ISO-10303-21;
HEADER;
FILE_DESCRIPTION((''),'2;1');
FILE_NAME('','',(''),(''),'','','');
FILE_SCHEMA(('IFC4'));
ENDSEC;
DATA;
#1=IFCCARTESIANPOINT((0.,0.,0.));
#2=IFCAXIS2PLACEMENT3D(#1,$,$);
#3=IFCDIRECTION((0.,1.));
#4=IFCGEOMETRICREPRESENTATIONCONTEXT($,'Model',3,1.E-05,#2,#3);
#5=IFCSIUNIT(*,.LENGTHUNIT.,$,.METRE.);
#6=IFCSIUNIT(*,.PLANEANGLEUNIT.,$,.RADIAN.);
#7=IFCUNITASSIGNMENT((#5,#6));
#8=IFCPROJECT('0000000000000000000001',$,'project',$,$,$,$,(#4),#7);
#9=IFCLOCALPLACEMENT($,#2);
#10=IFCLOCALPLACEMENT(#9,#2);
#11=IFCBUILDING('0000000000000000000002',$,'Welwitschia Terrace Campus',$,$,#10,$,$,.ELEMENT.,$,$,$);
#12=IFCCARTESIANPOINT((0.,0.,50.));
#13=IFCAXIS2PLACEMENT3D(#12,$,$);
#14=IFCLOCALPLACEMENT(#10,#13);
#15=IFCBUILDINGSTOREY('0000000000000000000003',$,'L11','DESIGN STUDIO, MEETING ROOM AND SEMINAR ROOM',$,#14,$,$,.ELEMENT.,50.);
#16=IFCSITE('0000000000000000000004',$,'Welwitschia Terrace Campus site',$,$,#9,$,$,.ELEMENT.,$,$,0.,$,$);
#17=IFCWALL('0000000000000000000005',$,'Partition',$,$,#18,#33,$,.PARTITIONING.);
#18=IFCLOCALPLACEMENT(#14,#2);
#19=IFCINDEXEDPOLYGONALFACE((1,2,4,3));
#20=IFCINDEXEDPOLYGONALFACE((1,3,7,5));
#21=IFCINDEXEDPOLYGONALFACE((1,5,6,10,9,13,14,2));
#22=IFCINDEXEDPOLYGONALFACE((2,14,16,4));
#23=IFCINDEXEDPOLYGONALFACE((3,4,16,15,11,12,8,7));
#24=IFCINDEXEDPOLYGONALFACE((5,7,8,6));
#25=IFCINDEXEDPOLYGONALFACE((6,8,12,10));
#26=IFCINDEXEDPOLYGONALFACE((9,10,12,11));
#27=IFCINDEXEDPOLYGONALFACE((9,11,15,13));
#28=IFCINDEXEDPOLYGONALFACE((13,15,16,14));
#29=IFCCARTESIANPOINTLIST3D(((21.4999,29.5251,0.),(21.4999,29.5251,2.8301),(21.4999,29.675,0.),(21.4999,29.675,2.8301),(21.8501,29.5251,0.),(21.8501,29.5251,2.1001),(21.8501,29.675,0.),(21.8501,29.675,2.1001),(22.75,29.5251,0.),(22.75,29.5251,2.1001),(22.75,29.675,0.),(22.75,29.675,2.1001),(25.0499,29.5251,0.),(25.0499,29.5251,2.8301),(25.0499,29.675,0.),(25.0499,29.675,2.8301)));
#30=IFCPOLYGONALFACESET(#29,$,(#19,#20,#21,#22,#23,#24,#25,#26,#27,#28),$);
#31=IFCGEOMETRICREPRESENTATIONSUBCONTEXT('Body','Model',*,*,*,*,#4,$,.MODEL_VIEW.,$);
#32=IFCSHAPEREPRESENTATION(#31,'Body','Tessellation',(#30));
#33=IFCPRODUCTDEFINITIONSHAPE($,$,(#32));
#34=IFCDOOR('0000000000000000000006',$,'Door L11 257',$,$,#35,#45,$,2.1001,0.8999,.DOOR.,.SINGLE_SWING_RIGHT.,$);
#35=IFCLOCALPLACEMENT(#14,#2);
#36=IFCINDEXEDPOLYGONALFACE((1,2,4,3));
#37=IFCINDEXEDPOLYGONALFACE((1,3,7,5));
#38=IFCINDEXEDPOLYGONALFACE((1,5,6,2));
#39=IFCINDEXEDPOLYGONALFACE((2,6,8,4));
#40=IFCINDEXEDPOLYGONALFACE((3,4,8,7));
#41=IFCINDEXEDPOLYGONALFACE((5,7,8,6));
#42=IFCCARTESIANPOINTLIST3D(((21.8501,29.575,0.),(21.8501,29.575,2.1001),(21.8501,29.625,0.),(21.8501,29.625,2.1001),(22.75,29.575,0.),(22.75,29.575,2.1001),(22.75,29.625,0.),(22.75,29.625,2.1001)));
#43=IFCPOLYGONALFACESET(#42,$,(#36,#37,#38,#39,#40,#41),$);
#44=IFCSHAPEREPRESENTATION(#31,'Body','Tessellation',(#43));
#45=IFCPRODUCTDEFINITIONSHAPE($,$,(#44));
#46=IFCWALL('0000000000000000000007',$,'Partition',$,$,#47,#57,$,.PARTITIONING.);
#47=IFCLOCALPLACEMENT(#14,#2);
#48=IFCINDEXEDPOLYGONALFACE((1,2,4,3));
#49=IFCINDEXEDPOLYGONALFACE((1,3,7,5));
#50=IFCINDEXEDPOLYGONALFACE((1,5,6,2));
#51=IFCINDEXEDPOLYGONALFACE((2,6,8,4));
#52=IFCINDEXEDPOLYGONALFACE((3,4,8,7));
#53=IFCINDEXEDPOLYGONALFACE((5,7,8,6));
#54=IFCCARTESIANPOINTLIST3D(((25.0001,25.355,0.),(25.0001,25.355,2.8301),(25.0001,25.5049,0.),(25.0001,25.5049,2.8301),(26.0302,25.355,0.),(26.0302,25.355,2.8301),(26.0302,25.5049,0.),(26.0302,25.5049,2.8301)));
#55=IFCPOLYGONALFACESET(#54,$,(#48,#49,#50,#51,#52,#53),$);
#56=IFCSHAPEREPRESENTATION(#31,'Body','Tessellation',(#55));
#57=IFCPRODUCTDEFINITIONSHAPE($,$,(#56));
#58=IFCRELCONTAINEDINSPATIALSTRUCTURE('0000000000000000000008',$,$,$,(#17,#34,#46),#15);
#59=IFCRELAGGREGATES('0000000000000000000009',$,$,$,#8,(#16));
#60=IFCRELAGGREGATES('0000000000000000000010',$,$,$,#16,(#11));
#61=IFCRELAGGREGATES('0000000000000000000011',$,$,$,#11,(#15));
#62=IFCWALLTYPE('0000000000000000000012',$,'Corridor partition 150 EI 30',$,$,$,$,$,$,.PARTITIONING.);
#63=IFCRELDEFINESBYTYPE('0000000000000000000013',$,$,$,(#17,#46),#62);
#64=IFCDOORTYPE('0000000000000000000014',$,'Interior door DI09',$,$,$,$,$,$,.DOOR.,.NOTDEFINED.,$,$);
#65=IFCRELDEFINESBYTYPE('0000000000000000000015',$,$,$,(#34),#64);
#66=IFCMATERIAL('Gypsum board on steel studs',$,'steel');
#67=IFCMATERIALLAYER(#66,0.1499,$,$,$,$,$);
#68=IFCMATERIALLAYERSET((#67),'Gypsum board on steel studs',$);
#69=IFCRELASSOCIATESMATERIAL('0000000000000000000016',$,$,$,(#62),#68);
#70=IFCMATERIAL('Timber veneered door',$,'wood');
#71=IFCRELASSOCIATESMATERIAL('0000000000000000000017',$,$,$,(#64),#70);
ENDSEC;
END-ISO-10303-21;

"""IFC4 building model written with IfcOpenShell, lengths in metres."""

from ifc_helpers import new_model, si_unit, direction, frame, frame_2d, origin, place, context, subcontext, project, spatial, rectangle, extrude, material, layer, layer_set, type_object, element, fill, save


model = new_model("IFC4")

# Units and contexts
model_context = context("Model", 3, precision=1e-05, world=origin(), true_north=direction((0.0, 1.0)))
body_context = subcontext(model_context, "Body", "Model", "MODEL_VIEW")
ifc_project = project(units=[si_unit("LENGTHUNIT", "METRE"), si_unit("PLANEANGLEUNIT", "RADIAN")], contexts=[model_context])

# Site, building, storey
site_placement = place(None, origin())
site = spatial("IfcSite", under=ifc_project, at=site_placement, Name="Welwitschia Terrace Campus site", CompositionType="ELEMENT", RefElevation=0.0)
building_placement = place(site_placement, origin())
building = spatial("IfcBuilding", under=site, at=building_placement, Name="Welwitschia Terrace Campus", CompositionType="ELEMENT")
storey_placement = place(building_placement, frame((0.0, 0.0, 50.0)))
storey = spatial("IfcBuildingStorey", under=building, at=storey_placement, Name="L11", Description="DESIGN STUDIO, MEETING ROOM AND SEMINAR ROOM", CompositionType="ELEMENT", Elevation=50.0)

# Shared definitions
ifc_material_1 = material(Name="Gypsum board on steel studs", Category="steel")
ifc_layer_1 = layer(ifc_material_1, 0.1499)
ifc_layer_set_1 = layer_set([ifc_layer_1], Name="Gypsum board on steel studs")
wall_type_1 = type_object("IfcWallType", Name="Corridor partition 150 EI 30", PredefinedType="PARTITIONING", material=ifc_layer_set_1)

# Wall, opening, door
wall_1_placement = place(storey_placement, frame((21.5, 29.6001, 0.0), z_axis=(0.0, 0.0, 1.0), x_axis=(1.0, 0.0, 0.0)))
wall_1 = element("IfcWall", 1, at=wall_1_placement, inside=storey, type_object=wall_type_1, Name="Partition", PredefinedType="PARTITIONING", context=body_context, shape_type="SweptSolid", body=[
    extrude(rectangle(XDim=3.55, YDim=0.1499, at=frame_2d((1.7749, 0.0))), origin(), (0.0, 0.0, 1.0), 2.8301),
])
opening_1_placement = place(wall_1_placement, frame((0.3501, 0.0, 0.0)))
opening_1 = element("IfcOpeningElement", 2, at=opening_1_placement, cuts=wall_1, PredefinedType="OPENING", context=body_context, shape_type="SweptSolid", body=[
    extrude(rectangle(XDim=0.8999, YDim=2.1001, at=frame_2d((0.45, 1.05))), frame((0.0, 0.085, 0.0), z_axis=(0.0, -1.0, 0.0), x_axis=(1.0, 0.0, 0.0)), (0.0, 0.0, 1.0), 0.1699),
])
ifc_material_2 = material(Name="Timber veneered door", Category="wood")
door_type_1 = type_object("IfcDoorType", Name="Interior door DI09", OperationType="NOTDEFINED", PredefinedType="DOOR", material=ifc_material_2)
door_1_placement = place(opening_1_placement, origin())
door_1 = element("IfcDoor", 3, at=door_1_placement, inside=storey, type_object=door_type_1, Name="Door L11 257", OperationType="SINGLE_SWING_RIGHT", OverallHeight=2.1001, OverallWidth=0.8999, PredefinedType="DOOR", context=body_context, shape_type="SweptSolid", body=[
    extrude(rectangle(XDim=0.8999, YDim=2.1001, at=frame_2d((0.45, 1.05))), frame((0.0, 0.0249, 0.0), z_axis=(0.0, -1.0, 0.0), x_axis=(1.0, 0.0, 0.0)), (0.0, 0.0, 1.0), 0.05),
])
fill(opening_1, door_1)

# Wall
wall_2_placement = place(storey_placement, frame((25.0, 25.4299, 0.0), z_axis=(0.0, 0.0, 1.0), x_axis=(1.0, 0.0, 0.0)))
element("IfcWall", 4, at=wall_2_placement, inside=storey, type_object=wall_type_1, Name="Partition", PredefinedType="PARTITIONING", context=body_context, shape_type="SweptSolid", body=[
    extrude(rectangle(XDim=1.03, YDim=0.1499, at=frame_2d((0.5151, 0.0))), origin(), (0.0, 0.0, 1.0), 2.8301),
])

save(model, "model.ifc")
